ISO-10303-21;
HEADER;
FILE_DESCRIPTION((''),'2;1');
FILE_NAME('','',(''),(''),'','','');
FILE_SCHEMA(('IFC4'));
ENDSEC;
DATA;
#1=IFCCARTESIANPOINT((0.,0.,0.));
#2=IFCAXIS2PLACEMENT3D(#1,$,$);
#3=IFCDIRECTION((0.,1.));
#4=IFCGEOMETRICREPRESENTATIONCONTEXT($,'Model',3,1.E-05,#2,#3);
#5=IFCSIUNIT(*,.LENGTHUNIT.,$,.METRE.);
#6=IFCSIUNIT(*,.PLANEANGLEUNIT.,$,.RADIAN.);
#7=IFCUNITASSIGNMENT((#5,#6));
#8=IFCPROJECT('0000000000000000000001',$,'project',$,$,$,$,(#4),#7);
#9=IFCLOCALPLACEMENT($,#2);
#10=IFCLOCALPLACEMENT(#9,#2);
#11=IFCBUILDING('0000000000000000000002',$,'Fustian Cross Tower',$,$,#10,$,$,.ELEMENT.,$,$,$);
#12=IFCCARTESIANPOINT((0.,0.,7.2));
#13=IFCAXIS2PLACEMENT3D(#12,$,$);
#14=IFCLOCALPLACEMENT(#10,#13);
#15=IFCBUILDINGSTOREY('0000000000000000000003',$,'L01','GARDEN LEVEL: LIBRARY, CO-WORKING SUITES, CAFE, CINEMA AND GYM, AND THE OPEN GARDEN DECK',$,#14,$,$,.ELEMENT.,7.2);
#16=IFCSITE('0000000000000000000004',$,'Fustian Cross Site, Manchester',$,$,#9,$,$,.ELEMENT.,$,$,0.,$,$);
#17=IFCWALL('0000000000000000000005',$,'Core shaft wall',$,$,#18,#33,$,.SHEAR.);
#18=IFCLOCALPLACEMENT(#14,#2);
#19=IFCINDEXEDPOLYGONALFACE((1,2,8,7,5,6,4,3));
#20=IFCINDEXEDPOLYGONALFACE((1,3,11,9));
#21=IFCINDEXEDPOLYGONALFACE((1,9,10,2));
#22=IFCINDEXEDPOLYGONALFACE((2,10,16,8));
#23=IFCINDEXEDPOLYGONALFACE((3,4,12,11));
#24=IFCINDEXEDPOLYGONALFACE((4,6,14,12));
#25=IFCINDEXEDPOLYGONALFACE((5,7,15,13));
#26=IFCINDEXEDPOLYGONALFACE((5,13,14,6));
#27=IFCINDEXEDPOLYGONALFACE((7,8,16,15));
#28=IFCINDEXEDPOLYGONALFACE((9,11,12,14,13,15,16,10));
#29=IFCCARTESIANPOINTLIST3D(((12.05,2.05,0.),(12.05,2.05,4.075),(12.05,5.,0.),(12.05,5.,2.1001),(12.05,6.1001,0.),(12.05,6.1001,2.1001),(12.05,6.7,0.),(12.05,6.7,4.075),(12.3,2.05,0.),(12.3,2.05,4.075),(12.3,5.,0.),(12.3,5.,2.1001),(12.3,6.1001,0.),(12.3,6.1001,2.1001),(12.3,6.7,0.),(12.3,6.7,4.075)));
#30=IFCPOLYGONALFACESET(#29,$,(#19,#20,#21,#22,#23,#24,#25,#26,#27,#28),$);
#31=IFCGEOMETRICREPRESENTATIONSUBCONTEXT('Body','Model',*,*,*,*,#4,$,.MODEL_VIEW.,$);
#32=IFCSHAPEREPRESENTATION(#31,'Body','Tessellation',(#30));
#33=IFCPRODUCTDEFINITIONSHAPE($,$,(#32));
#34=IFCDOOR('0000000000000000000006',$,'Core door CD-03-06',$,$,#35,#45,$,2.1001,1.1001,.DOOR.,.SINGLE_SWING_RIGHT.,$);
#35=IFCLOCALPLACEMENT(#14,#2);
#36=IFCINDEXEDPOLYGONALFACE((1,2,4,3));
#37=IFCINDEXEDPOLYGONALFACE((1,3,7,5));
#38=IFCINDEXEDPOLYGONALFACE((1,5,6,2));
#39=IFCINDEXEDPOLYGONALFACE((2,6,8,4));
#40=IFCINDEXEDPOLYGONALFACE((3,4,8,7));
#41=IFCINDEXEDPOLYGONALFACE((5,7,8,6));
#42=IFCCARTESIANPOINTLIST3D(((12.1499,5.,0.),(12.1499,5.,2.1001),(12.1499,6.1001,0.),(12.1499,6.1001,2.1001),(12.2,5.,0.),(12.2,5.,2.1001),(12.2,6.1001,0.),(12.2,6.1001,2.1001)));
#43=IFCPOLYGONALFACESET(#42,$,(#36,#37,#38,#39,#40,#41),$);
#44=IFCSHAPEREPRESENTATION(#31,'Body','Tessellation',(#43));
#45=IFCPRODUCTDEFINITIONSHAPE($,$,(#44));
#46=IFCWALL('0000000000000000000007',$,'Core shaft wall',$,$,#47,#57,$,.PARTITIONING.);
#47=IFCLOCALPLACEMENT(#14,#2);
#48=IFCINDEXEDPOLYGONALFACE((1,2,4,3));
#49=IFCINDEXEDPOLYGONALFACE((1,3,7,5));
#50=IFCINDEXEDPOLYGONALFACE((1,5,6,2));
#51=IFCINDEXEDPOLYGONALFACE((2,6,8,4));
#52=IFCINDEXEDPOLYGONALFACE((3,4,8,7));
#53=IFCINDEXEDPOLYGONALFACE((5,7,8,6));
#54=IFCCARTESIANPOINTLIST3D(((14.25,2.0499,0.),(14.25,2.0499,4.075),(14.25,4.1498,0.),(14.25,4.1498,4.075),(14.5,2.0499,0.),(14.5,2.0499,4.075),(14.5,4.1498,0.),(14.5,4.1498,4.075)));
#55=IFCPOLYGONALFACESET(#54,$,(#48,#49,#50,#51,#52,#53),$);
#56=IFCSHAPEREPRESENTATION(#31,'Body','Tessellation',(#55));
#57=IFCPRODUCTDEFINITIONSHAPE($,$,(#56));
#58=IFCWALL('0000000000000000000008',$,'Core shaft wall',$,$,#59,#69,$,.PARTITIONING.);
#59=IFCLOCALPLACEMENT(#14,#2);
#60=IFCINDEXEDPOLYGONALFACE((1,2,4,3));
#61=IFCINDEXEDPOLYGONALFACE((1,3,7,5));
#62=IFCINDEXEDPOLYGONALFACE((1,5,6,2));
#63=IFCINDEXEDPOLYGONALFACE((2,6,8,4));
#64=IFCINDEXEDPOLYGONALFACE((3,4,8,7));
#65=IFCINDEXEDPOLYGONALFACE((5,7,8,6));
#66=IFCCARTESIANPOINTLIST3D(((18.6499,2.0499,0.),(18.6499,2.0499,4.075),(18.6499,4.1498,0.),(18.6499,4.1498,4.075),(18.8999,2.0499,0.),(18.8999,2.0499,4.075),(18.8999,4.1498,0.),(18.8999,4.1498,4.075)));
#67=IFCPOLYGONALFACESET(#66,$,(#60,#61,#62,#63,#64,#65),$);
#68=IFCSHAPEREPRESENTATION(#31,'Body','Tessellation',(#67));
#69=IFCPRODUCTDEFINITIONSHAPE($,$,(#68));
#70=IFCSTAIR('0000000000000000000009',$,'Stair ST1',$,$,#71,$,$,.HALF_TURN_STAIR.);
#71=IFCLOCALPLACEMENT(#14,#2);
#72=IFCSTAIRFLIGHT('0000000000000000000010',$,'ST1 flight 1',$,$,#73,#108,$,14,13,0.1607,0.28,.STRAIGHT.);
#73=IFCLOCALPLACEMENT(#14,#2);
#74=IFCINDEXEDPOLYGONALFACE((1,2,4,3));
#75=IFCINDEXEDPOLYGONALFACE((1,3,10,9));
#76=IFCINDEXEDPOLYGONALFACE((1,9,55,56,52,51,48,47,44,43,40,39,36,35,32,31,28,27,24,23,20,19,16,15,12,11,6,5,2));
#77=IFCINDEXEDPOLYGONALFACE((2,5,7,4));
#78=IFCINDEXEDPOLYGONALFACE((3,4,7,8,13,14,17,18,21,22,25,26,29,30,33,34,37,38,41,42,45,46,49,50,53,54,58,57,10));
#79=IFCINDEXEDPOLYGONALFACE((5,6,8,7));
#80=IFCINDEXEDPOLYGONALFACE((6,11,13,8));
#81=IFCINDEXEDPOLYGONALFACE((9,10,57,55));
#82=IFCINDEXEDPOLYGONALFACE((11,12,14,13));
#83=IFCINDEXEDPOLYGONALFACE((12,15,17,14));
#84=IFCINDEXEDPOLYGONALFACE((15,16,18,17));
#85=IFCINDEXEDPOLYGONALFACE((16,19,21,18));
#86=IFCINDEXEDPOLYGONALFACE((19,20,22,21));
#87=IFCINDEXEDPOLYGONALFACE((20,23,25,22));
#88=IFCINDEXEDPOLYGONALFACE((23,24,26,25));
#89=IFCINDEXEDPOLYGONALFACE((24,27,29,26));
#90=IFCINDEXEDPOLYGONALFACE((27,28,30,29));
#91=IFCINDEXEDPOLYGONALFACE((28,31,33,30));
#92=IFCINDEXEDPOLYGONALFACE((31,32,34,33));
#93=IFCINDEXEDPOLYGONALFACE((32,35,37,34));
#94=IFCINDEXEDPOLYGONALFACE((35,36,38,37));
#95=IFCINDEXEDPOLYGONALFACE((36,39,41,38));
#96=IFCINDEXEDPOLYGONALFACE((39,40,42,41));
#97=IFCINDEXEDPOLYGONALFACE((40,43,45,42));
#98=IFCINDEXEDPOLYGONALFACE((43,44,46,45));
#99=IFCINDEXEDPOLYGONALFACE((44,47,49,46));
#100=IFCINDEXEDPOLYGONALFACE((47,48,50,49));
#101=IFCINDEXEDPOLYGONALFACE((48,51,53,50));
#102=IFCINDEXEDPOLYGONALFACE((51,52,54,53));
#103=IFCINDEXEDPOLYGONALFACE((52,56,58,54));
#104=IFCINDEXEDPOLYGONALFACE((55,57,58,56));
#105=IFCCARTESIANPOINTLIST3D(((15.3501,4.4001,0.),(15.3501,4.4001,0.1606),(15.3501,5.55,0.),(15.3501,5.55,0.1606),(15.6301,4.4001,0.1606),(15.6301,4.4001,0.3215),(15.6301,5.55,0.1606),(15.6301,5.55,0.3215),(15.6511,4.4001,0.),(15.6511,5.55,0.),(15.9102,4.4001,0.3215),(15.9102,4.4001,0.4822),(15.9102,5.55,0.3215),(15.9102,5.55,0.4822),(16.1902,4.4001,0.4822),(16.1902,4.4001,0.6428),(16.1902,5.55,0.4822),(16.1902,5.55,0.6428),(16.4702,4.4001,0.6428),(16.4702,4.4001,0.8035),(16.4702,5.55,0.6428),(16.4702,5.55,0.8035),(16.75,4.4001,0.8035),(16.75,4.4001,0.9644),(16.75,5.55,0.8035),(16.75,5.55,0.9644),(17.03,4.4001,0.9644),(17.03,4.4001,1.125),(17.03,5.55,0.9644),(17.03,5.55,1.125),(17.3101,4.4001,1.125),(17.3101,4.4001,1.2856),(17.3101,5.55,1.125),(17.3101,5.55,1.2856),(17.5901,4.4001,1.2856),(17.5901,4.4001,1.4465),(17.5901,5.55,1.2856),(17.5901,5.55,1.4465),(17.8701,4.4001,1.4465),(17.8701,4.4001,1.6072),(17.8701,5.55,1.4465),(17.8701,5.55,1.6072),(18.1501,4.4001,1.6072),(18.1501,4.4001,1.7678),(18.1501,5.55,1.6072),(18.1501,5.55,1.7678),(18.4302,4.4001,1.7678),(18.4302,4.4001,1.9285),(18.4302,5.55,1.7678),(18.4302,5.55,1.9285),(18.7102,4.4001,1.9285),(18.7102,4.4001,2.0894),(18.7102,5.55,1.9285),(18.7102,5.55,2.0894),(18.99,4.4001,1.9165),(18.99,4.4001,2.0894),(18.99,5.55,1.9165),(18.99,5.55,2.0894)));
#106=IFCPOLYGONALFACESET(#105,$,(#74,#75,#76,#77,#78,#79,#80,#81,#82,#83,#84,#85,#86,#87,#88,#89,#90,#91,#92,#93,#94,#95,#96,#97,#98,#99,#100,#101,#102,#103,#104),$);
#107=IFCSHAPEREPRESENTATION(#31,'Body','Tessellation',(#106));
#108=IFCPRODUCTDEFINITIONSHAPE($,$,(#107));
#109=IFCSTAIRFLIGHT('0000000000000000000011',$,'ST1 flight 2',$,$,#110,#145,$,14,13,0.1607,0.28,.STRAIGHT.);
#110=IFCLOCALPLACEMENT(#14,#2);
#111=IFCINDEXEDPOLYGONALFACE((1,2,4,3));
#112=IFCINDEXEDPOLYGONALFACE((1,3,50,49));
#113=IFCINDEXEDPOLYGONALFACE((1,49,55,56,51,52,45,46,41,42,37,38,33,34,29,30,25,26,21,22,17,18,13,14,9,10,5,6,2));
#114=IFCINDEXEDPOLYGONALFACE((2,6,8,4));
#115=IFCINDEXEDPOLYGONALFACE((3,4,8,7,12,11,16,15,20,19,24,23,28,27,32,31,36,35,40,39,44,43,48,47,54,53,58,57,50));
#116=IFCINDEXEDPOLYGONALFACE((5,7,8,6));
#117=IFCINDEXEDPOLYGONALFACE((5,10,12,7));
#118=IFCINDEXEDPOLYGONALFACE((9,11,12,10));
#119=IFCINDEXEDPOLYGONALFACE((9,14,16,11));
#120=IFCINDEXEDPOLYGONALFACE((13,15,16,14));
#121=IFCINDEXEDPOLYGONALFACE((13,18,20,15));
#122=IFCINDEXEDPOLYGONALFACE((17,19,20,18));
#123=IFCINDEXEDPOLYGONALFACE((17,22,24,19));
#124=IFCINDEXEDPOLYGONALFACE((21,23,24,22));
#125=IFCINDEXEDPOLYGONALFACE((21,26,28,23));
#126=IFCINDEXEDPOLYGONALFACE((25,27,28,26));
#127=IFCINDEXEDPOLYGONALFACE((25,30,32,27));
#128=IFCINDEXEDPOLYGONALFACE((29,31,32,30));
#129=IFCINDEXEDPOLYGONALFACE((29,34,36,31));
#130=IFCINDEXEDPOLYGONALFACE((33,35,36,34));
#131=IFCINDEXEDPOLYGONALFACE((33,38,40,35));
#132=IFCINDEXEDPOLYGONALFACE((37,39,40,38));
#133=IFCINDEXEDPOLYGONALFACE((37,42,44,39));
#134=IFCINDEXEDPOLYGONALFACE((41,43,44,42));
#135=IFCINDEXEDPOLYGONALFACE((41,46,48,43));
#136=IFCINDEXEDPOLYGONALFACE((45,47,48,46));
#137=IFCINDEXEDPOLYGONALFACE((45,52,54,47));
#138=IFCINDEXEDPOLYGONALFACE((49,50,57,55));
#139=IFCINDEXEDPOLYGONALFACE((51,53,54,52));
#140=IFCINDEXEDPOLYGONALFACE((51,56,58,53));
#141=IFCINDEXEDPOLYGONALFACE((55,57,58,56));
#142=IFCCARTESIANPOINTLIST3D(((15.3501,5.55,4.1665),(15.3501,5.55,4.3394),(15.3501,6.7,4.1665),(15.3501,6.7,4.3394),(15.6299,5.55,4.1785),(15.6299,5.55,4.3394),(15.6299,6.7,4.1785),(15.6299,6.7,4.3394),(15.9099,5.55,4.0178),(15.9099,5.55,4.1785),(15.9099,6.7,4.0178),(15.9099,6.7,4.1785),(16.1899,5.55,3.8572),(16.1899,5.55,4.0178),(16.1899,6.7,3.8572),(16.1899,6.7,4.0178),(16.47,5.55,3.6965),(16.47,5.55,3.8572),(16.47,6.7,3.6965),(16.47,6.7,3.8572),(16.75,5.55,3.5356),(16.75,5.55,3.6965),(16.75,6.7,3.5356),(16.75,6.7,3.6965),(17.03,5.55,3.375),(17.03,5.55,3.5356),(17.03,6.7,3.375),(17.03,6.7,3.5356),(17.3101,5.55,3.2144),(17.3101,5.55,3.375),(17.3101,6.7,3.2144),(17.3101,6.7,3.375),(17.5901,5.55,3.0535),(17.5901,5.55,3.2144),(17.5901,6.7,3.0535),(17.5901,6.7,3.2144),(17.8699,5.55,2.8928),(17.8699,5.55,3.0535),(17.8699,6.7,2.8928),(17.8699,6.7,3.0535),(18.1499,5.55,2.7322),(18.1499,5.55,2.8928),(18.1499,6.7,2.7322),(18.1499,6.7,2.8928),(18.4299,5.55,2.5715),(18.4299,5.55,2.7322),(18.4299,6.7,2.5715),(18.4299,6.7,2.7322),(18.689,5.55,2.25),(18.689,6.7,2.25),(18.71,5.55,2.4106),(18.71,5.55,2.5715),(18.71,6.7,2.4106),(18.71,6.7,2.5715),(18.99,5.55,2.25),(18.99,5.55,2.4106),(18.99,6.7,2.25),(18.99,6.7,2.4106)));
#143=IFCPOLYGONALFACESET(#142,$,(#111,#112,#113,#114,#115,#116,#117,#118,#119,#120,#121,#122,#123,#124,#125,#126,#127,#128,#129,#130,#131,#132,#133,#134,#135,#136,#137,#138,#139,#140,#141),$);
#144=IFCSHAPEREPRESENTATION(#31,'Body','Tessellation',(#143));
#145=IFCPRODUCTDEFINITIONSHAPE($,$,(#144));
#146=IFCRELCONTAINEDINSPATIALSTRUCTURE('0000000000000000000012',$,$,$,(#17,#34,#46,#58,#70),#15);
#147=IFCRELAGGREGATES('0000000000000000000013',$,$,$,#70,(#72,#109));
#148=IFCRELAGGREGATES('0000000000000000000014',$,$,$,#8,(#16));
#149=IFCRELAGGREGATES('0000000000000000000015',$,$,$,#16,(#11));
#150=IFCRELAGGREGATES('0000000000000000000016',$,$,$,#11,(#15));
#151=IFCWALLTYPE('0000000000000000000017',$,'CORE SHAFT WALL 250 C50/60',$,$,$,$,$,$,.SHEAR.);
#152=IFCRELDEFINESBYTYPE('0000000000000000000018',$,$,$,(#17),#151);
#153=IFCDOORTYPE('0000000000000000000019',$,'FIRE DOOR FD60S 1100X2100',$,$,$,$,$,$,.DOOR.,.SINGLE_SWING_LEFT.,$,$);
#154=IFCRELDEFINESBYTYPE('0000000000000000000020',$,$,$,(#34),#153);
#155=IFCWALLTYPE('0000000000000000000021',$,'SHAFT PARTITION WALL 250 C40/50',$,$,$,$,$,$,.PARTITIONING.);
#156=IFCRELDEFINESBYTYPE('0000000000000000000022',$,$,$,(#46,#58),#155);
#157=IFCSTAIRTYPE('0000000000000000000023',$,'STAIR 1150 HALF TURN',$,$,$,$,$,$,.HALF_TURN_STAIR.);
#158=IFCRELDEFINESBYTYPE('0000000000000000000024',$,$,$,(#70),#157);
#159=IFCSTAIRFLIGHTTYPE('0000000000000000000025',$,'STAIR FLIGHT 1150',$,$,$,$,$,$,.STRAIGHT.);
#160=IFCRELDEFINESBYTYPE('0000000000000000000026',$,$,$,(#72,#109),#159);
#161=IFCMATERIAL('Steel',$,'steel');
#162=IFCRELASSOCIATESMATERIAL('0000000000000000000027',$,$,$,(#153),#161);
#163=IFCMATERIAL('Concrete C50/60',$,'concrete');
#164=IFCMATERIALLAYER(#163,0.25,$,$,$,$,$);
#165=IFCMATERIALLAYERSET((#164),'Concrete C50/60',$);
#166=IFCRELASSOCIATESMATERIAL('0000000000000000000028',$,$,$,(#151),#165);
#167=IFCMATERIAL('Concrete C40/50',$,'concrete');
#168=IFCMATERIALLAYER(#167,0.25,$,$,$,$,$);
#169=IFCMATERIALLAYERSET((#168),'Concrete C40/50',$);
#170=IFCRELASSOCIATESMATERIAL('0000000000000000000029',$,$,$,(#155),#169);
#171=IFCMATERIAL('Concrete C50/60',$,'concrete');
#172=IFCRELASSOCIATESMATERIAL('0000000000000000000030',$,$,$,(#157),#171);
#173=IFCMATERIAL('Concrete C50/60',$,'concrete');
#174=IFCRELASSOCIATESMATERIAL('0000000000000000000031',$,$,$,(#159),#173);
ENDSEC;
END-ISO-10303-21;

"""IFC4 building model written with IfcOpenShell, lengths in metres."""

from ifc_helpers import new_model, si_unit, direction, frame, frame_2d, origin, place, context, subcontext, project, spatial, polyline, rectangle, outline, extrude, material, layer, layer_set, type_object, element, fill, aggregate, save


model = new_model("IFC4")

# Units and contexts
model_context = context("Model", 3, precision=1e-05, world=origin(), true_north=direction((0.0, 1.0)))
body_context = subcontext(model_context, "Body", "Model", "MODEL_VIEW")
ifc_project = project(units=[si_unit("LENGTHUNIT", "METRE"), si_unit("PLANEANGLEUNIT", "RADIAN")], contexts=[model_context])

# Site, building, storey
site_placement = place(None, origin())
site = spatial("IfcSite", under=ifc_project, at=site_placement, Name="Fustian Cross Site, Manchester", CompositionType="ELEMENT", RefElevation=0.0)
building_placement = place(site_placement, origin())
building = spatial("IfcBuilding", under=site, at=building_placement, Name="Fustian Cross Tower", CompositionType="ELEMENT")
storey_placement = place(building_placement, frame((0.0, 0.0, 7.2)))
storey = spatial("IfcBuildingStorey", under=building, at=storey_placement, Name="L01", Description="GARDEN LEVEL: LIBRARY, CO-WORKING SUITES, CAFE, CINEMA AND GYM, AND THE OPEN GARDEN DECK", CompositionType="ELEMENT", Elevation=7.2)

# Shared definitions
ifc_material_1 = material(Name="Steel", Category="steel")
door_type_1 = type_object("IfcDoorType", Name="FIRE DOOR FD60S 1100X2100", OperationType="SINGLE_SWING_LEFT", PredefinedType="DOOR", material=ifc_material_1)

# Shared definitions
ifc_material_2 = material(Name="Concrete C50/60", Category="concrete")
ifc_layer_1 = layer(ifc_material_2, 0.25)
ifc_layer_set_1 = layer_set([ifc_layer_1], Name="Concrete C50/60")
wall_type_1 = type_object("IfcWallType", Name="CORE SHAFT WALL 250 C50/60", PredefinedType="SHEAR", material=ifc_layer_set_1)

# Wall, opening, door
wall_1_placement = place(storey_placement, frame((12.175, 2.05, 0.0), z_axis=(0.0, 0.0, 1.0), x_axis=(0.0, 1.0, 0.0)))
wall_1 = element("IfcWall", 1, at=wall_1_placement, inside=storey, type_object=wall_type_1, Name="Core shaft wall", PredefinedType="SHEAR", context=body_context, shape_type="SweptSolid", body=[
    extrude(rectangle(XDim=4.6499, YDim=0.25, at=frame_2d((2.325, 0.0))), origin(), (0.0, 0.0, 1.0), 4.075),
])
opening_1_placement = place(wall_1_placement, frame((2.95, 0.0, 0.0)))
opening_1 = element("IfcOpeningElement", 2, at=opening_1_placement, cuts=wall_1, PredefinedType="OPENING", context=body_context, shape_type="SweptSolid", body=[
    extrude(rectangle(XDim=1.1001, YDim=2.1001, at=frame_2d((0.55, 1.05))), frame((0.0, 0.135, 0.0), z_axis=(0.0, -1.0, 0.0), x_axis=(1.0, 0.0, 0.0)), (0.0, 0.0, 1.0), 0.27),
])
door_1_placement = place(opening_1_placement, frame((1.1001, 0.0, 0.0), z_axis=(0.0, 0.0, 1.0), x_axis=(-1.0, 0.0, 0.0)))
door_1 = element("IfcDoor", 3, at=door_1_placement, inside=storey, type_object=door_type_1, Name="Core door CD-03-06", OperationType="SINGLE_SWING_RIGHT", OverallHeight=2.1001, OverallWidth=1.1001, PredefinedType="DOOR", context=body_context, shape_type="SweptSolid", body=[
    extrude(rectangle(XDim=1.1001, YDim=2.1001, at=frame_2d((0.55, 1.05))), frame((0.0, 0.0249, 0.0), z_axis=(0.0, -1.0, 0.0), x_axis=(1.0, 0.0, 0.0)), (0.0, 0.0, 1.0), 0.05),
])
fill(opening_1, door_1)

# Walls
ifc_material_3 = material(Name="Concrete C40/50", Category="concrete")
ifc_layer_2 = layer(ifc_material_3, 0.25)
ifc_layer_set_2 = layer_set([ifc_layer_2], Name="Concrete C40/50")
wall_type_2 = type_object("IfcWallType", Name="SHAFT PARTITION WALL 250 C40/50", PredefinedType="PARTITIONING", material=ifc_layer_set_2)
for number, where, z_axis, x_axis, name in (
    (4, (14.375, 2.05, 0.0), (0.0, 0.0, 1.0), (0.0, 1.0, 0.0), "Core shaft wall"),
    (5, (18.7749, 2.05, 0.0), (0.0, 0.0, 1.0), (0.0, 1.0, 0.0), "Core shaft wall"),
):
    element("IfcWall", number, at=place(storey_placement, frame(where, z_axis=z_axis, x_axis=x_axis)), inside=storey, type_object=wall_type_2, Name=name, PredefinedType="PARTITIONING", context=body_context, shape_type="SweptSolid", body=[
        extrude(rectangle(XDim=2.0999, YDim=0.25, at=frame_2d((1.0498, 0.0))), origin(), (0.0, 0.0, 1.0), 4.075),
    ])

# Stair, stair flights
ifc_material_4 = material(Name="Concrete C50/60", Category="concrete")
stair_type = type_object("IfcStairType", Name="STAIR 1150 HALF TURN", PredefinedType="HALF_TURN_STAIR", material=ifc_material_4)
stair_placement = place(storey_placement, origin())
stair = element("IfcStair", 6, at=stair_placement, inside=storey, type_object=stair_type, Name="Stair ST1", PredefinedType="HALF_TURN_STAIR")
ifc_material_5 = material(Name="Concrete C50/60", Category="concrete")
stair_flight_type = type_object("IfcStairFlightType", Name="STAIR FLIGHT 1150", PredefinedType="STRAIGHT", material=ifc_material_5)
stair_flight_1_placement = place(storey_placement, frame((15.3501, 4.9751, 0.0), z_axis=(0.0, 0.0, 1.0), x_axis=(1.0, 0.0, 0.0)))
stair_flight_1 = element("IfcStairFlight", 7, at=stair_flight_1_placement, type_object=stair_flight_type, Name="ST1 flight 1", NumberOfRisers=14, NumberOfTreads=13, PredefinedType="STRAIGHT", RiserHeight=0.1607, TreadLength=0.28, context=body_context, shape_type="SweptSolid", body=[
    extrude(outline(polyline([(0.0, 0.0), (0.0, 0.1606), (0.28, 0.1606), (0.28, 0.3215), (0.5601, 0.3215), (0.5601, 0.4822), (0.8401, 0.4822), (0.8401, 0.6428), (1.1201, 0.6428), (1.1201, 0.8035), (1.3999, 0.8035), (1.3999, 0.9644), (1.6799, 0.9644), (1.6799, 1.125), (1.96, 1.125), (1.96, 1.2856), (2.24, 1.2856), (2.24, 1.4465), (2.52, 1.4465), (2.52, 1.6072), (2.8, 1.6072), (2.8, 1.7678), (3.0801, 1.7678), (3.0801, 1.9285), (3.3601, 1.9285), (3.3601, 2.0894), (3.6399, 2.0894), (3.6399, 2.25), (3.6399, 1.9165), (0.301, 0.0), (0.0, 0.0)])), frame((0.0, 0.575, 0.0), z_axis=(0.0, -1.0, 0.0), x_axis=(1.0, 0.0, 0.0)), (0.0, 0.0, 1.0), 1.1499),
])
stair_flight_2_placement = place(storey_placement, frame((18.99, 6.125, 2.25), z_axis=(0.0, 0.0, 1.0), x_axis=(-1.0, 0.0, 0.0)))
stair_flight_2 = element("IfcStairFlight", 8, at=stair_flight_2_placement, type_object=stair_flight_type, Name="ST1 flight 2", NumberOfRisers=14, NumberOfTreads=13, PredefinedType="STRAIGHT", RiserHeight=0.1607, TreadLength=0.28, context=body_context, shape_type="SweptSolid", body=[
    extrude(outline(polyline([(0.0, 0.0), (0.0, 0.1606), (0.28, 0.1606), (0.28, 0.3215), (0.5601, 0.3215), (0.5601, 0.4822), (0.8401, 0.4822), (0.8401, 0.6428), (1.1201, 0.6428), (1.1201, 0.8035), (1.3999, 0.8035), (1.3999, 0.9644), (1.6799, 0.9644), (1.6799, 1.125), (1.96, 1.125), (1.96, 1.2856), (2.24, 1.2856), (2.24, 1.4465), (2.52, 1.4465), (2.52, 1.6072), (2.8, 1.6072), (2.8, 1.7678), (3.0801, 1.7678), (3.0801, 1.9285), (3.3601, 1.9285), (3.3601, 2.0894), (3.6399, 2.0894), (3.6399, 2.25), (3.6399, 1.9165), (0.301, 0.0), (0.0, 0.0)])), frame((0.0, 0.575, 0.0), z_axis=(0.0, -1.0, 0.0), x_axis=(1.0, 0.0, 0.0)), (0.0, 0.0, 1.0), 1.1499),
])
aggregate(stair, [stair_flight_1, stair_flight_2])

save(model, "model.ifc")
